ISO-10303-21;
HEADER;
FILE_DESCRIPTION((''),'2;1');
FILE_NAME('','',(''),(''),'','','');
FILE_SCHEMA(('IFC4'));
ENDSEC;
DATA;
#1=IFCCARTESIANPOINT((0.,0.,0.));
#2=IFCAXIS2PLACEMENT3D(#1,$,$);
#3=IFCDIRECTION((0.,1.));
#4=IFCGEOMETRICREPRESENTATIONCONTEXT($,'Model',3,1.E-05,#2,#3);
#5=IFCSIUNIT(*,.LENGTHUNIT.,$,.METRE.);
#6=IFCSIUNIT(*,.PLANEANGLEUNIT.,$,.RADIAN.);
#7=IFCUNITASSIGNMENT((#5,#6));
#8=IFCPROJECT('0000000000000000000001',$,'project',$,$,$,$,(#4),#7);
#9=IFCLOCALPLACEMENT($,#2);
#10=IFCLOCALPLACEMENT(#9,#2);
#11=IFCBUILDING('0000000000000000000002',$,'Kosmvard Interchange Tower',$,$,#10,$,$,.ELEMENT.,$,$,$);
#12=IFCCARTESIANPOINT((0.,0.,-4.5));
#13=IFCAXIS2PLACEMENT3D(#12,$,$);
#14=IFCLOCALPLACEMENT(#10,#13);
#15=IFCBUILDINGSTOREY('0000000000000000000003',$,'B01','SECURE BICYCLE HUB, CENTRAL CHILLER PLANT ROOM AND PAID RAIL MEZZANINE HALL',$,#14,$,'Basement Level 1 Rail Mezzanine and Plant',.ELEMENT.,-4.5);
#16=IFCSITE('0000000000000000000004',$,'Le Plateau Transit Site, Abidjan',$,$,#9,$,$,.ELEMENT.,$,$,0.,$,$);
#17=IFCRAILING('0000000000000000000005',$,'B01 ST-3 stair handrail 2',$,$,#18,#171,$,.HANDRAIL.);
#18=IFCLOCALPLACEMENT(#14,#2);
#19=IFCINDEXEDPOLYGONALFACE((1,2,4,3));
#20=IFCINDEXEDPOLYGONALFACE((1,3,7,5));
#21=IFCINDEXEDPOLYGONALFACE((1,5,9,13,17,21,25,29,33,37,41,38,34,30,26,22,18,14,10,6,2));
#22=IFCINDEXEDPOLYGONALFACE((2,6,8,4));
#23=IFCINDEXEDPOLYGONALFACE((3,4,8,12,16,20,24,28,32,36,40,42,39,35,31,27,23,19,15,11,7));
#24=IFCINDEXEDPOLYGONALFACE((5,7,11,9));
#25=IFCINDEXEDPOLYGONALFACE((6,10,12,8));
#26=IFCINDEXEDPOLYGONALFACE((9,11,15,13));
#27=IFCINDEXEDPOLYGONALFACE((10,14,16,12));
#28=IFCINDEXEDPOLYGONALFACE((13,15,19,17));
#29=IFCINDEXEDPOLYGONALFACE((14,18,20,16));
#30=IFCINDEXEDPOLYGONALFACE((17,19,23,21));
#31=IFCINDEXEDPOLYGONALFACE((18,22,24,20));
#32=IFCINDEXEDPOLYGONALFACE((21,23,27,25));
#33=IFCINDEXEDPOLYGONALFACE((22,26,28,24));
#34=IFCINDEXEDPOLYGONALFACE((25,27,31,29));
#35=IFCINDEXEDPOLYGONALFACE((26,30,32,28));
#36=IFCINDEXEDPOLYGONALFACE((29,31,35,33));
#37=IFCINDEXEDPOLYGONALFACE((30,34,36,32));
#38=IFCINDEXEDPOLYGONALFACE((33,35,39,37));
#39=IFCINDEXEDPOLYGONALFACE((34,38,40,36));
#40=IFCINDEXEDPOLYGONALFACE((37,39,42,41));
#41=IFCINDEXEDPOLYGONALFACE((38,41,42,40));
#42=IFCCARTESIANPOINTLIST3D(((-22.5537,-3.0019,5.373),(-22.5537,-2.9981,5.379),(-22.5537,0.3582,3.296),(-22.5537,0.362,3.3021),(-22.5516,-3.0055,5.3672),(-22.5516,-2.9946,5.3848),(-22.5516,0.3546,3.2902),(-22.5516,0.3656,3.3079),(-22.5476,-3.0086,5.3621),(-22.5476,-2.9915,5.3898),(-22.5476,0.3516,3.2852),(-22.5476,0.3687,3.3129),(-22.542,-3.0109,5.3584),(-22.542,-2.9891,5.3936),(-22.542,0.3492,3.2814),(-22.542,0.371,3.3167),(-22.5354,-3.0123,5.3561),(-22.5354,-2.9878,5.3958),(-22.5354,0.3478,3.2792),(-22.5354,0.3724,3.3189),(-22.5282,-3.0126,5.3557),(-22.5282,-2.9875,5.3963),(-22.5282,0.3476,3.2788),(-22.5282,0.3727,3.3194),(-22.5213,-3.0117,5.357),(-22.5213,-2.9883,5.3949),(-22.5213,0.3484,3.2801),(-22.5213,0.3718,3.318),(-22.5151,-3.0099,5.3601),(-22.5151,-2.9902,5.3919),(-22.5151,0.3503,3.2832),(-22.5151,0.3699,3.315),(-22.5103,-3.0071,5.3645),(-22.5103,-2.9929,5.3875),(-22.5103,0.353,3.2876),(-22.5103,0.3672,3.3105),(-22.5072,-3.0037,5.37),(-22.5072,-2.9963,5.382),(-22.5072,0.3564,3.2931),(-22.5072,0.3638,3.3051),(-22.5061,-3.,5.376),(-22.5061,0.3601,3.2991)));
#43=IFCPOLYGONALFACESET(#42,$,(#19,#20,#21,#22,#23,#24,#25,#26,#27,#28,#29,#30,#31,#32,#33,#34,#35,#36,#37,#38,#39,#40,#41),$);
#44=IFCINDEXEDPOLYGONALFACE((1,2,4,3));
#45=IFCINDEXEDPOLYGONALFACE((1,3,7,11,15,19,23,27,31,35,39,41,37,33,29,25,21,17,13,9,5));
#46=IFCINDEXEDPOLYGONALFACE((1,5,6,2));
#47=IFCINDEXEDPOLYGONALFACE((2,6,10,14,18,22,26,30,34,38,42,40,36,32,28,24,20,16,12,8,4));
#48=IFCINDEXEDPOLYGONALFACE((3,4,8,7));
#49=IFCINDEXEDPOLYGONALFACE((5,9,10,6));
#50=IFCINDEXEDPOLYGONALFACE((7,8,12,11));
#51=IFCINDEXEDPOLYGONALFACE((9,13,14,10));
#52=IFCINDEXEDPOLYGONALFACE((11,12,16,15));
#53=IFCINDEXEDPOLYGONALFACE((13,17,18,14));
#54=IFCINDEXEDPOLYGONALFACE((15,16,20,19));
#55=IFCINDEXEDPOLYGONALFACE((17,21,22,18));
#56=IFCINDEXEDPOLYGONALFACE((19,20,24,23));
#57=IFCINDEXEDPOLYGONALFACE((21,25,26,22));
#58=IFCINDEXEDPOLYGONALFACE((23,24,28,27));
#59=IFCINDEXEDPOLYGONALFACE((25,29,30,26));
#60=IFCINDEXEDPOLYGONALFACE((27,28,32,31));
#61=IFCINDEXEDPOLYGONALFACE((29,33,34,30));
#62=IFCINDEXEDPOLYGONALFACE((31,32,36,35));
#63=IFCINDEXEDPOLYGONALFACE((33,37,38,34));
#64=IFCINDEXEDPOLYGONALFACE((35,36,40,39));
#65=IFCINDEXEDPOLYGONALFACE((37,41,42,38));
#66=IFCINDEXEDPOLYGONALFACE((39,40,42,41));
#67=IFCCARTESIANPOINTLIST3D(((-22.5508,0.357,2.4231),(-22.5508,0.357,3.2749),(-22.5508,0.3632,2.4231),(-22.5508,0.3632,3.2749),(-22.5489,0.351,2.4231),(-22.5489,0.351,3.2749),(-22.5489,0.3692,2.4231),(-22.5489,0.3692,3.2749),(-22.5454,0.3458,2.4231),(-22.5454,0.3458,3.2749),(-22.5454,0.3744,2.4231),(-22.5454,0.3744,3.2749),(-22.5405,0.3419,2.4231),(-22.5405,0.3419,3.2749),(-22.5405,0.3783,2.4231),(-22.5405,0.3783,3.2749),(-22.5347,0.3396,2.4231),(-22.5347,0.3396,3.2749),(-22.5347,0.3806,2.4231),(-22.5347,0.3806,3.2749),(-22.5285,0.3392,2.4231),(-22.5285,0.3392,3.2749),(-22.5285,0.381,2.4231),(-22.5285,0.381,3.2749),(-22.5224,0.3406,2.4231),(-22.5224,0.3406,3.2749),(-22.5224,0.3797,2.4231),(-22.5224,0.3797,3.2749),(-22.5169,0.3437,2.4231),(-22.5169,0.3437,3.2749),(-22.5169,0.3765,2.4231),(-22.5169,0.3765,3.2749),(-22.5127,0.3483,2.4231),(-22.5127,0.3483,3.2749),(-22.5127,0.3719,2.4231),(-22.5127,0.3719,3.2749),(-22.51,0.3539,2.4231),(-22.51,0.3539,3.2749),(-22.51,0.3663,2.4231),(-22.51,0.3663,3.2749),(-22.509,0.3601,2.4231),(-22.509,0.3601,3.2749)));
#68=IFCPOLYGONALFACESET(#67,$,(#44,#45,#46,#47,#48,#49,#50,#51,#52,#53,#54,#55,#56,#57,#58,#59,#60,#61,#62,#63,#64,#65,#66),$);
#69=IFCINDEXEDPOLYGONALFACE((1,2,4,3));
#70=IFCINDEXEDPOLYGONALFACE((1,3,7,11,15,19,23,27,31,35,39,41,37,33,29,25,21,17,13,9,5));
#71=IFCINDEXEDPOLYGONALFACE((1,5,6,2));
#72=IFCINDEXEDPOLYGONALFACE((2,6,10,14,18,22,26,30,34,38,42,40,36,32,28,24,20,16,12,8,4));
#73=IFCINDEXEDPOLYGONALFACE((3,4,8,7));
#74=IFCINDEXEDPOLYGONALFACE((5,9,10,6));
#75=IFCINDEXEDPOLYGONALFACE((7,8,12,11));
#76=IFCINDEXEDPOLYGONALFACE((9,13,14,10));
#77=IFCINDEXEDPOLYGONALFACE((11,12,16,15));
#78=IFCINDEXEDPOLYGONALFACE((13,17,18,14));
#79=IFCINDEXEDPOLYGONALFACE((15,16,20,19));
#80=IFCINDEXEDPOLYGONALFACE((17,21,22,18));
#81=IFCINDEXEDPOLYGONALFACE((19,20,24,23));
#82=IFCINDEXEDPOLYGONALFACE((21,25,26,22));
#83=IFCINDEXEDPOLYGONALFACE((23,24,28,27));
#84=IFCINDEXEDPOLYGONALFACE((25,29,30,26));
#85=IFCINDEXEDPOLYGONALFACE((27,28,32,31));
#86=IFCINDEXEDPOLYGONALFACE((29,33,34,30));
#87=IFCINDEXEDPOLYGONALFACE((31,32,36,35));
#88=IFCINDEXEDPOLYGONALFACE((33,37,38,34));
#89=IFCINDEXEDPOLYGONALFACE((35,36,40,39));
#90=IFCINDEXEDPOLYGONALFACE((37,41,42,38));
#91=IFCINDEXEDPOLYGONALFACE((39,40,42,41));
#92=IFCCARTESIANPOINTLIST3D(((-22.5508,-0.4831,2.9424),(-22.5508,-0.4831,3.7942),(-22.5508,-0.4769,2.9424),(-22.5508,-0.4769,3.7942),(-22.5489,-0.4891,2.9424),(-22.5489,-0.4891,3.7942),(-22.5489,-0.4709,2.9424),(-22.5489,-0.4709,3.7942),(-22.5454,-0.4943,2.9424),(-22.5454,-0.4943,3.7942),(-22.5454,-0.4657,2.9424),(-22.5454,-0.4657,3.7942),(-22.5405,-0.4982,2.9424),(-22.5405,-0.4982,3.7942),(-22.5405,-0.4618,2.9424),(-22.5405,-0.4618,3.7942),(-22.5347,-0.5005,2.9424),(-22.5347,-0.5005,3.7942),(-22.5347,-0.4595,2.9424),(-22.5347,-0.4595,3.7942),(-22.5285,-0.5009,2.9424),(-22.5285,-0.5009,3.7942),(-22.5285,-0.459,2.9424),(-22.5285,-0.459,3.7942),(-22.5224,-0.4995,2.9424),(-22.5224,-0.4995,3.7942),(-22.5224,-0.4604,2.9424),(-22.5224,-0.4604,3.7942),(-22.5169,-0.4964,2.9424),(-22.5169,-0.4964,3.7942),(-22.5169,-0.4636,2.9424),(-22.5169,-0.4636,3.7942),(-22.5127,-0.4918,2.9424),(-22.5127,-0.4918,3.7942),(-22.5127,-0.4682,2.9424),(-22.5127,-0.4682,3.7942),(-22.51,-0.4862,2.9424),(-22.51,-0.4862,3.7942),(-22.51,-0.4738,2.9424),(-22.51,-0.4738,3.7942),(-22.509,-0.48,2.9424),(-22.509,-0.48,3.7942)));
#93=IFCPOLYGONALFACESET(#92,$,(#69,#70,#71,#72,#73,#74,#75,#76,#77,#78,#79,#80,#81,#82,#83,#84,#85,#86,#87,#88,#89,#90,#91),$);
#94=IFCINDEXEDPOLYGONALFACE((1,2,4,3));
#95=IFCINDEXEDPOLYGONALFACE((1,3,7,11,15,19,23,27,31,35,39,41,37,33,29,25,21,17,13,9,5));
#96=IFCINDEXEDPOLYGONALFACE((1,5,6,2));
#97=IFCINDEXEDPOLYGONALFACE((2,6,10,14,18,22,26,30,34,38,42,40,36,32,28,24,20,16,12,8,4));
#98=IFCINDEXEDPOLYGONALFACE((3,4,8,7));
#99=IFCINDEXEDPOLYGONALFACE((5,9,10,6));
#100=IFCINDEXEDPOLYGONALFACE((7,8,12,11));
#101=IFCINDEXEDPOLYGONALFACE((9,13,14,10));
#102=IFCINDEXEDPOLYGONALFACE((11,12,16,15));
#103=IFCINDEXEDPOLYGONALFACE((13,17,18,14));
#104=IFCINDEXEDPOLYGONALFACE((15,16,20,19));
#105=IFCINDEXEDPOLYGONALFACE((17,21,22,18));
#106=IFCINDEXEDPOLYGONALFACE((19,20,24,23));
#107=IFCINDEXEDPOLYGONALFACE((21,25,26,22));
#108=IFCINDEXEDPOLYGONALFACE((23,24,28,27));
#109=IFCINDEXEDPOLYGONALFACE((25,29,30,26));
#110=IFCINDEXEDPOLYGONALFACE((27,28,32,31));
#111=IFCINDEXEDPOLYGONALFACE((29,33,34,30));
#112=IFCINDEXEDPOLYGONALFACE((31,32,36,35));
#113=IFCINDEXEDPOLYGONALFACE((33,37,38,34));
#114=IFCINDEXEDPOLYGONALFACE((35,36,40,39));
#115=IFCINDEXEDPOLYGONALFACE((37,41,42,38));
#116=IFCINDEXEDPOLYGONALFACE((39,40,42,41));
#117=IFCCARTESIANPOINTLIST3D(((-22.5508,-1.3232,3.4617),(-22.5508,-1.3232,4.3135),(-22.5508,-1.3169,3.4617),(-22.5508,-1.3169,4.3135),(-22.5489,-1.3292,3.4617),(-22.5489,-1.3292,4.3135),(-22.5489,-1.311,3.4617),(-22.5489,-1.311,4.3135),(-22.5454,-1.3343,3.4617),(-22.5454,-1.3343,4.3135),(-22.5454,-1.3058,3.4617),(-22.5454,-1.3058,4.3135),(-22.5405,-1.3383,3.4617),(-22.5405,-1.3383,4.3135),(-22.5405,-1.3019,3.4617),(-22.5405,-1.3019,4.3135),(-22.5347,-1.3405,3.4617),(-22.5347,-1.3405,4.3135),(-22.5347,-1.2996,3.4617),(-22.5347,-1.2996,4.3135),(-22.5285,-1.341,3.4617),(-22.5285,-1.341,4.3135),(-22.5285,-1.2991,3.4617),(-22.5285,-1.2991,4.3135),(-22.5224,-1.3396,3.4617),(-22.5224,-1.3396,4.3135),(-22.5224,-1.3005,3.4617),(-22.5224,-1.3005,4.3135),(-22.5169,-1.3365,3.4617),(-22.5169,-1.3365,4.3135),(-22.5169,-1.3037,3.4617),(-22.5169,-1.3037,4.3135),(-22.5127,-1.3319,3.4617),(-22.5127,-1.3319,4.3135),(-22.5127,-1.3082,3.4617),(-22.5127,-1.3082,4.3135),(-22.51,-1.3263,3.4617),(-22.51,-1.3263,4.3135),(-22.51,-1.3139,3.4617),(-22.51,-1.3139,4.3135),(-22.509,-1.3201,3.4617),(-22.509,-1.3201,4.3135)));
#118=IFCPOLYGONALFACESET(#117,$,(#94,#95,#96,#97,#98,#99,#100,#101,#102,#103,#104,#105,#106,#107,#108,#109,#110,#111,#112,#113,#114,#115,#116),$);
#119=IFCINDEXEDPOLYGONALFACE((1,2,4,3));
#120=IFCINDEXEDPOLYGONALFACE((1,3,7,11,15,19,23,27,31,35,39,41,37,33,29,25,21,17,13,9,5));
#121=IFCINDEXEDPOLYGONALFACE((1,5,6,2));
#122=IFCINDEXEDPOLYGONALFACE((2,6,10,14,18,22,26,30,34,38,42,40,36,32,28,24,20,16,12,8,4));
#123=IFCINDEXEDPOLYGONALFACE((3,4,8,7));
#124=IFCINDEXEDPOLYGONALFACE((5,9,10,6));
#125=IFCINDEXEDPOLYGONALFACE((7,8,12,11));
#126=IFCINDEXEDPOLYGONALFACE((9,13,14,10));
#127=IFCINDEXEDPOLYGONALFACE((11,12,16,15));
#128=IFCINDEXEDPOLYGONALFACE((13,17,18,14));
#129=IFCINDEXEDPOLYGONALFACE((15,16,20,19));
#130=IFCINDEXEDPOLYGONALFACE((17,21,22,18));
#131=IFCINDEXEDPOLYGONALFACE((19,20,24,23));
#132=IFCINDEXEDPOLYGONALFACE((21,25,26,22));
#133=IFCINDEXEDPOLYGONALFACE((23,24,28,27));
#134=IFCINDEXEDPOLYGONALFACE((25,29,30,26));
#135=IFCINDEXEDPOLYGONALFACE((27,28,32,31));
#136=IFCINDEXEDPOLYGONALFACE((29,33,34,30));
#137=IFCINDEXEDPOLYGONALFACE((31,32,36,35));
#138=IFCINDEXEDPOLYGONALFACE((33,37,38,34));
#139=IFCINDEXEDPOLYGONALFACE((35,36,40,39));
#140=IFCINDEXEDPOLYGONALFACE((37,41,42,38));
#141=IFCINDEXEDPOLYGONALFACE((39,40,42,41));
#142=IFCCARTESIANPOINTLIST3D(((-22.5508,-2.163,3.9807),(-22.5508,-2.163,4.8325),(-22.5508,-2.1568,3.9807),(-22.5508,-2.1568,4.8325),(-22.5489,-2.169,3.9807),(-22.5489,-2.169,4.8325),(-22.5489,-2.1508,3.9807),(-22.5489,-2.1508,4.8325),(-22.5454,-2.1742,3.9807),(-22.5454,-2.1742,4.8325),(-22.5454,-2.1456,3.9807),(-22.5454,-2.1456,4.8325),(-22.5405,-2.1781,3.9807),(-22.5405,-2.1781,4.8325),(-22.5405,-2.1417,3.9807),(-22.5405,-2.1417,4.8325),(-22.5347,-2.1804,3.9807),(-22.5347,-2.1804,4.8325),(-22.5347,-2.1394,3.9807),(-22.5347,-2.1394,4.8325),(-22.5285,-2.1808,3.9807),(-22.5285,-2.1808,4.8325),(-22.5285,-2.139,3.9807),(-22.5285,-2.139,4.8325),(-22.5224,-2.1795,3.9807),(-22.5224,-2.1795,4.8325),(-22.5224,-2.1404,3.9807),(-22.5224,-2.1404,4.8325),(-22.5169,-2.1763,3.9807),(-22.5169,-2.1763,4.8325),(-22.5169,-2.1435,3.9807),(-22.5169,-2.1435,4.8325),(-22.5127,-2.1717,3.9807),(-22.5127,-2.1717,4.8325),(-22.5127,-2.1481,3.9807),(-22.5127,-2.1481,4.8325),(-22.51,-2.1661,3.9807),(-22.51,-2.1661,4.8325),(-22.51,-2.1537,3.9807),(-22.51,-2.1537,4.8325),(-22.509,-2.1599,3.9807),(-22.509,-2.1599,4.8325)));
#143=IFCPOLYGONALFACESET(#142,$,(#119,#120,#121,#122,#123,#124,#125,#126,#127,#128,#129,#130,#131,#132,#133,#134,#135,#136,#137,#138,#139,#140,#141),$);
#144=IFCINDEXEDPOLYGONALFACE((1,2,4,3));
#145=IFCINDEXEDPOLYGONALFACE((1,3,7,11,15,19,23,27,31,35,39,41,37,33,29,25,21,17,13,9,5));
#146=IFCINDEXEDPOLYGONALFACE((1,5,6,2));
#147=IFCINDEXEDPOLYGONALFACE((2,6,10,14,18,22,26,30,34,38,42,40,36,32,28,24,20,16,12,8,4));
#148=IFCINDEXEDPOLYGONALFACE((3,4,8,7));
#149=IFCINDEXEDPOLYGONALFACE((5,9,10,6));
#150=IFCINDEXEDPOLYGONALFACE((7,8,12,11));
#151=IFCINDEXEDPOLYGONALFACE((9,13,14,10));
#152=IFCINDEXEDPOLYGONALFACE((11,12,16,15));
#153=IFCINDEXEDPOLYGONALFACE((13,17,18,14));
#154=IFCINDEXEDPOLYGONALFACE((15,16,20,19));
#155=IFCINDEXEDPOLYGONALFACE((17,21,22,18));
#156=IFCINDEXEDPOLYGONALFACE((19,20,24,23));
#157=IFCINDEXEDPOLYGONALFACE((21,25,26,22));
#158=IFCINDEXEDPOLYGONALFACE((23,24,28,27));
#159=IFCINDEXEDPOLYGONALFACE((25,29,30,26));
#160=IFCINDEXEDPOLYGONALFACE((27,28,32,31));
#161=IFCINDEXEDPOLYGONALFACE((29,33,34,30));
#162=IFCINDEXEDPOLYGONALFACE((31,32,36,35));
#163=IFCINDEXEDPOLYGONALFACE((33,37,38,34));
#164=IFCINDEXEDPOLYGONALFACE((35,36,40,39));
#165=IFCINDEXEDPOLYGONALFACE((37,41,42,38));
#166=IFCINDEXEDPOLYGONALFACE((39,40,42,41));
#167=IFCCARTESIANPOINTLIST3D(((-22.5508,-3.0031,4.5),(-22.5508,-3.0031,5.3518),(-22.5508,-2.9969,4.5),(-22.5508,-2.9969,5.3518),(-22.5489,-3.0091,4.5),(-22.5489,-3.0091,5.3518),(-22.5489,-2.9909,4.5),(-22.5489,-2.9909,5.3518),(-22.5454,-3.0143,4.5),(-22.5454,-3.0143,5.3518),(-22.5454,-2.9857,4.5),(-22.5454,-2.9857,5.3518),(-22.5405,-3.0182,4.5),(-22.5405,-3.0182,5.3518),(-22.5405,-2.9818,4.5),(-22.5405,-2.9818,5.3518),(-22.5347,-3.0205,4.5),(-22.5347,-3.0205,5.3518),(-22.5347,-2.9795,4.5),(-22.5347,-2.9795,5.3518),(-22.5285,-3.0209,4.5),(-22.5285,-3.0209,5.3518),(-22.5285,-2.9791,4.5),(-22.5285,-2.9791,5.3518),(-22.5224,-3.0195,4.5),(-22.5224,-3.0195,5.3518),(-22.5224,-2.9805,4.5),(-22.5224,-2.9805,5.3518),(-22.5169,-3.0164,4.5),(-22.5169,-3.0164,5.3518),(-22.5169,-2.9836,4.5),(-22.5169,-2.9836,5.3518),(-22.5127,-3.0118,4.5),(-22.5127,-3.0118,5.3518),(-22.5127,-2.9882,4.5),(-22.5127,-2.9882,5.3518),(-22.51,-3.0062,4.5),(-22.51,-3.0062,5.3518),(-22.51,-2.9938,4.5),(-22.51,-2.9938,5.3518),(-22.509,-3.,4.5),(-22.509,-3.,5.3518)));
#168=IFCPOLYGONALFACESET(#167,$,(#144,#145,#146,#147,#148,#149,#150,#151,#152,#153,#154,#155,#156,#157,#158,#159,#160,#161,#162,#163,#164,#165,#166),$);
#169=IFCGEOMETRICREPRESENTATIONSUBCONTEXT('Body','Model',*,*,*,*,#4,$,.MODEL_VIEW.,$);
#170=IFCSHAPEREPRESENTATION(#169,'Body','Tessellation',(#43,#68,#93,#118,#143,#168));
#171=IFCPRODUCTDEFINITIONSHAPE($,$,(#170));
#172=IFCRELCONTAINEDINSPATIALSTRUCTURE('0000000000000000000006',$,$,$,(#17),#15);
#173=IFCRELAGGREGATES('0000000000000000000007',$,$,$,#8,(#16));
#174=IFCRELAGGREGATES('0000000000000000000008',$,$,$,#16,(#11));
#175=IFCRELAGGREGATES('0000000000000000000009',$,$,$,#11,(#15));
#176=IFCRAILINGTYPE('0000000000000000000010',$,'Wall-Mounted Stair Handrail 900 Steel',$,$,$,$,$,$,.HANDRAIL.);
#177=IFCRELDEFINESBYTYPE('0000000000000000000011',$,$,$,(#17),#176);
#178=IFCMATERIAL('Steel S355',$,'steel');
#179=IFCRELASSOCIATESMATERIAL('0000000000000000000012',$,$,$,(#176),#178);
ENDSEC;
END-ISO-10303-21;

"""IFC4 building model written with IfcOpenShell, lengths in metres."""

from ifc_helpers import new_model, si_unit, direction, frame, origin, origin_2d, place, context, subcontext, project, spatial, circle, extrude, source, transform, mapped, material, type_object, element, save


model = new_model("IFC4")

# Units and contexts
model_context = context("Model", 3, precision=1e-05, world=origin(), true_north=direction((0.0, 1.0)))
body_context = subcontext(model_context, "Body", "Model", "MODEL_VIEW")
ifc_project = project(units=[si_unit("LENGTHUNIT", "METRE"), si_unit("PLANEANGLEUNIT", "RADIAN")], contexts=[model_context])

# Site, building, storey
site_placement = place(None, origin())
site = spatial("IfcSite", under=ifc_project, at=site_placement, Name="Le Plateau Transit Site, Abidjan", CompositionType="ELEMENT", RefElevation=0.0)
building_placement = place(site_placement, origin())
building = spatial("IfcBuilding", under=site, at=building_placement, Name="Kosmvard Interchange Tower", CompositionType="ELEMENT")
storey_placement = place(building_placement, frame((0.0, 0.0, -4.5)))
storey = spatial("IfcBuildingStorey", under=building, at=storey_placement, Name="B01", Description="SECURE BICYCLE HUB, CENTRAL CHILLER PLANT ROOM AND PAID RAIL MEZZANINE HALL", LongName="Basement Level 1 Rail Mezzanine and Plant", CompositionType="ELEMENT", Elevation=-4.5)

# Shared definitions
ifc_material_1 = material(Name="Steel S355", Category="steel")

# Railing
railing_type_1 = type_object("IfcRailingType", Name="Wall-Mounted Stair Handrail 900 Steel", PredefinedType="HANDRAIL", material=ifc_material_1)
shared_shape_1 = source(origin(), body_context, "Body", "SweptSolid", [
    extrude(circle(Radius=0.0239, at=origin_2d()), frame((0.0, 0.0, 0.876), z_axis=(0.0, -0.850623, 0.525776), x_axis=(1.0, 0.0, 0.0)), (0.0, 0.0, 1.0), 3.9502),
    extrude(circle(Radius=0.021, at=origin_2d()), origin(), (0.0, 0.0, 1.0), 0.8518),
    extrude(circle(Radius=0.021, at=origin_2d()), frame((0.0, -0.8401, 0.5193)), (0.0, 0.0, 1.0), 0.8518),
    extrude(circle(Radius=0.021, at=origin_2d()), frame((0.0, -1.6802, 1.0386)), (0.0, 0.0, 1.0), 0.8518),
    extrude(circle(Radius=0.021, at=origin_2d()), frame((0.0, -2.52, 1.5576)), (0.0, 0.0, 1.0), 0.8518),
    extrude(circle(Radius=0.021, at=origin_2d()), frame((0.0, -3.3601, 2.0769)), (0.0, 0.0, 1.0), 0.8518),
])
railing_1_placement = place(storey_placement, frame((-22.53, 0.3601, 2.4231)))
element("IfcRailing", 1, at=railing_1_placement, inside=storey, type_object=railing_type_1, Name="B01 ST-3 stair handrail 2", PredefinedType="HANDRAIL", context=body_context, shape_type="MappedRepresentation", body=[
    mapped(shared_shape_1, transform((0.0, 0.0, 0.0), scale=1.0)),
])

save(model, "model.ifc")
